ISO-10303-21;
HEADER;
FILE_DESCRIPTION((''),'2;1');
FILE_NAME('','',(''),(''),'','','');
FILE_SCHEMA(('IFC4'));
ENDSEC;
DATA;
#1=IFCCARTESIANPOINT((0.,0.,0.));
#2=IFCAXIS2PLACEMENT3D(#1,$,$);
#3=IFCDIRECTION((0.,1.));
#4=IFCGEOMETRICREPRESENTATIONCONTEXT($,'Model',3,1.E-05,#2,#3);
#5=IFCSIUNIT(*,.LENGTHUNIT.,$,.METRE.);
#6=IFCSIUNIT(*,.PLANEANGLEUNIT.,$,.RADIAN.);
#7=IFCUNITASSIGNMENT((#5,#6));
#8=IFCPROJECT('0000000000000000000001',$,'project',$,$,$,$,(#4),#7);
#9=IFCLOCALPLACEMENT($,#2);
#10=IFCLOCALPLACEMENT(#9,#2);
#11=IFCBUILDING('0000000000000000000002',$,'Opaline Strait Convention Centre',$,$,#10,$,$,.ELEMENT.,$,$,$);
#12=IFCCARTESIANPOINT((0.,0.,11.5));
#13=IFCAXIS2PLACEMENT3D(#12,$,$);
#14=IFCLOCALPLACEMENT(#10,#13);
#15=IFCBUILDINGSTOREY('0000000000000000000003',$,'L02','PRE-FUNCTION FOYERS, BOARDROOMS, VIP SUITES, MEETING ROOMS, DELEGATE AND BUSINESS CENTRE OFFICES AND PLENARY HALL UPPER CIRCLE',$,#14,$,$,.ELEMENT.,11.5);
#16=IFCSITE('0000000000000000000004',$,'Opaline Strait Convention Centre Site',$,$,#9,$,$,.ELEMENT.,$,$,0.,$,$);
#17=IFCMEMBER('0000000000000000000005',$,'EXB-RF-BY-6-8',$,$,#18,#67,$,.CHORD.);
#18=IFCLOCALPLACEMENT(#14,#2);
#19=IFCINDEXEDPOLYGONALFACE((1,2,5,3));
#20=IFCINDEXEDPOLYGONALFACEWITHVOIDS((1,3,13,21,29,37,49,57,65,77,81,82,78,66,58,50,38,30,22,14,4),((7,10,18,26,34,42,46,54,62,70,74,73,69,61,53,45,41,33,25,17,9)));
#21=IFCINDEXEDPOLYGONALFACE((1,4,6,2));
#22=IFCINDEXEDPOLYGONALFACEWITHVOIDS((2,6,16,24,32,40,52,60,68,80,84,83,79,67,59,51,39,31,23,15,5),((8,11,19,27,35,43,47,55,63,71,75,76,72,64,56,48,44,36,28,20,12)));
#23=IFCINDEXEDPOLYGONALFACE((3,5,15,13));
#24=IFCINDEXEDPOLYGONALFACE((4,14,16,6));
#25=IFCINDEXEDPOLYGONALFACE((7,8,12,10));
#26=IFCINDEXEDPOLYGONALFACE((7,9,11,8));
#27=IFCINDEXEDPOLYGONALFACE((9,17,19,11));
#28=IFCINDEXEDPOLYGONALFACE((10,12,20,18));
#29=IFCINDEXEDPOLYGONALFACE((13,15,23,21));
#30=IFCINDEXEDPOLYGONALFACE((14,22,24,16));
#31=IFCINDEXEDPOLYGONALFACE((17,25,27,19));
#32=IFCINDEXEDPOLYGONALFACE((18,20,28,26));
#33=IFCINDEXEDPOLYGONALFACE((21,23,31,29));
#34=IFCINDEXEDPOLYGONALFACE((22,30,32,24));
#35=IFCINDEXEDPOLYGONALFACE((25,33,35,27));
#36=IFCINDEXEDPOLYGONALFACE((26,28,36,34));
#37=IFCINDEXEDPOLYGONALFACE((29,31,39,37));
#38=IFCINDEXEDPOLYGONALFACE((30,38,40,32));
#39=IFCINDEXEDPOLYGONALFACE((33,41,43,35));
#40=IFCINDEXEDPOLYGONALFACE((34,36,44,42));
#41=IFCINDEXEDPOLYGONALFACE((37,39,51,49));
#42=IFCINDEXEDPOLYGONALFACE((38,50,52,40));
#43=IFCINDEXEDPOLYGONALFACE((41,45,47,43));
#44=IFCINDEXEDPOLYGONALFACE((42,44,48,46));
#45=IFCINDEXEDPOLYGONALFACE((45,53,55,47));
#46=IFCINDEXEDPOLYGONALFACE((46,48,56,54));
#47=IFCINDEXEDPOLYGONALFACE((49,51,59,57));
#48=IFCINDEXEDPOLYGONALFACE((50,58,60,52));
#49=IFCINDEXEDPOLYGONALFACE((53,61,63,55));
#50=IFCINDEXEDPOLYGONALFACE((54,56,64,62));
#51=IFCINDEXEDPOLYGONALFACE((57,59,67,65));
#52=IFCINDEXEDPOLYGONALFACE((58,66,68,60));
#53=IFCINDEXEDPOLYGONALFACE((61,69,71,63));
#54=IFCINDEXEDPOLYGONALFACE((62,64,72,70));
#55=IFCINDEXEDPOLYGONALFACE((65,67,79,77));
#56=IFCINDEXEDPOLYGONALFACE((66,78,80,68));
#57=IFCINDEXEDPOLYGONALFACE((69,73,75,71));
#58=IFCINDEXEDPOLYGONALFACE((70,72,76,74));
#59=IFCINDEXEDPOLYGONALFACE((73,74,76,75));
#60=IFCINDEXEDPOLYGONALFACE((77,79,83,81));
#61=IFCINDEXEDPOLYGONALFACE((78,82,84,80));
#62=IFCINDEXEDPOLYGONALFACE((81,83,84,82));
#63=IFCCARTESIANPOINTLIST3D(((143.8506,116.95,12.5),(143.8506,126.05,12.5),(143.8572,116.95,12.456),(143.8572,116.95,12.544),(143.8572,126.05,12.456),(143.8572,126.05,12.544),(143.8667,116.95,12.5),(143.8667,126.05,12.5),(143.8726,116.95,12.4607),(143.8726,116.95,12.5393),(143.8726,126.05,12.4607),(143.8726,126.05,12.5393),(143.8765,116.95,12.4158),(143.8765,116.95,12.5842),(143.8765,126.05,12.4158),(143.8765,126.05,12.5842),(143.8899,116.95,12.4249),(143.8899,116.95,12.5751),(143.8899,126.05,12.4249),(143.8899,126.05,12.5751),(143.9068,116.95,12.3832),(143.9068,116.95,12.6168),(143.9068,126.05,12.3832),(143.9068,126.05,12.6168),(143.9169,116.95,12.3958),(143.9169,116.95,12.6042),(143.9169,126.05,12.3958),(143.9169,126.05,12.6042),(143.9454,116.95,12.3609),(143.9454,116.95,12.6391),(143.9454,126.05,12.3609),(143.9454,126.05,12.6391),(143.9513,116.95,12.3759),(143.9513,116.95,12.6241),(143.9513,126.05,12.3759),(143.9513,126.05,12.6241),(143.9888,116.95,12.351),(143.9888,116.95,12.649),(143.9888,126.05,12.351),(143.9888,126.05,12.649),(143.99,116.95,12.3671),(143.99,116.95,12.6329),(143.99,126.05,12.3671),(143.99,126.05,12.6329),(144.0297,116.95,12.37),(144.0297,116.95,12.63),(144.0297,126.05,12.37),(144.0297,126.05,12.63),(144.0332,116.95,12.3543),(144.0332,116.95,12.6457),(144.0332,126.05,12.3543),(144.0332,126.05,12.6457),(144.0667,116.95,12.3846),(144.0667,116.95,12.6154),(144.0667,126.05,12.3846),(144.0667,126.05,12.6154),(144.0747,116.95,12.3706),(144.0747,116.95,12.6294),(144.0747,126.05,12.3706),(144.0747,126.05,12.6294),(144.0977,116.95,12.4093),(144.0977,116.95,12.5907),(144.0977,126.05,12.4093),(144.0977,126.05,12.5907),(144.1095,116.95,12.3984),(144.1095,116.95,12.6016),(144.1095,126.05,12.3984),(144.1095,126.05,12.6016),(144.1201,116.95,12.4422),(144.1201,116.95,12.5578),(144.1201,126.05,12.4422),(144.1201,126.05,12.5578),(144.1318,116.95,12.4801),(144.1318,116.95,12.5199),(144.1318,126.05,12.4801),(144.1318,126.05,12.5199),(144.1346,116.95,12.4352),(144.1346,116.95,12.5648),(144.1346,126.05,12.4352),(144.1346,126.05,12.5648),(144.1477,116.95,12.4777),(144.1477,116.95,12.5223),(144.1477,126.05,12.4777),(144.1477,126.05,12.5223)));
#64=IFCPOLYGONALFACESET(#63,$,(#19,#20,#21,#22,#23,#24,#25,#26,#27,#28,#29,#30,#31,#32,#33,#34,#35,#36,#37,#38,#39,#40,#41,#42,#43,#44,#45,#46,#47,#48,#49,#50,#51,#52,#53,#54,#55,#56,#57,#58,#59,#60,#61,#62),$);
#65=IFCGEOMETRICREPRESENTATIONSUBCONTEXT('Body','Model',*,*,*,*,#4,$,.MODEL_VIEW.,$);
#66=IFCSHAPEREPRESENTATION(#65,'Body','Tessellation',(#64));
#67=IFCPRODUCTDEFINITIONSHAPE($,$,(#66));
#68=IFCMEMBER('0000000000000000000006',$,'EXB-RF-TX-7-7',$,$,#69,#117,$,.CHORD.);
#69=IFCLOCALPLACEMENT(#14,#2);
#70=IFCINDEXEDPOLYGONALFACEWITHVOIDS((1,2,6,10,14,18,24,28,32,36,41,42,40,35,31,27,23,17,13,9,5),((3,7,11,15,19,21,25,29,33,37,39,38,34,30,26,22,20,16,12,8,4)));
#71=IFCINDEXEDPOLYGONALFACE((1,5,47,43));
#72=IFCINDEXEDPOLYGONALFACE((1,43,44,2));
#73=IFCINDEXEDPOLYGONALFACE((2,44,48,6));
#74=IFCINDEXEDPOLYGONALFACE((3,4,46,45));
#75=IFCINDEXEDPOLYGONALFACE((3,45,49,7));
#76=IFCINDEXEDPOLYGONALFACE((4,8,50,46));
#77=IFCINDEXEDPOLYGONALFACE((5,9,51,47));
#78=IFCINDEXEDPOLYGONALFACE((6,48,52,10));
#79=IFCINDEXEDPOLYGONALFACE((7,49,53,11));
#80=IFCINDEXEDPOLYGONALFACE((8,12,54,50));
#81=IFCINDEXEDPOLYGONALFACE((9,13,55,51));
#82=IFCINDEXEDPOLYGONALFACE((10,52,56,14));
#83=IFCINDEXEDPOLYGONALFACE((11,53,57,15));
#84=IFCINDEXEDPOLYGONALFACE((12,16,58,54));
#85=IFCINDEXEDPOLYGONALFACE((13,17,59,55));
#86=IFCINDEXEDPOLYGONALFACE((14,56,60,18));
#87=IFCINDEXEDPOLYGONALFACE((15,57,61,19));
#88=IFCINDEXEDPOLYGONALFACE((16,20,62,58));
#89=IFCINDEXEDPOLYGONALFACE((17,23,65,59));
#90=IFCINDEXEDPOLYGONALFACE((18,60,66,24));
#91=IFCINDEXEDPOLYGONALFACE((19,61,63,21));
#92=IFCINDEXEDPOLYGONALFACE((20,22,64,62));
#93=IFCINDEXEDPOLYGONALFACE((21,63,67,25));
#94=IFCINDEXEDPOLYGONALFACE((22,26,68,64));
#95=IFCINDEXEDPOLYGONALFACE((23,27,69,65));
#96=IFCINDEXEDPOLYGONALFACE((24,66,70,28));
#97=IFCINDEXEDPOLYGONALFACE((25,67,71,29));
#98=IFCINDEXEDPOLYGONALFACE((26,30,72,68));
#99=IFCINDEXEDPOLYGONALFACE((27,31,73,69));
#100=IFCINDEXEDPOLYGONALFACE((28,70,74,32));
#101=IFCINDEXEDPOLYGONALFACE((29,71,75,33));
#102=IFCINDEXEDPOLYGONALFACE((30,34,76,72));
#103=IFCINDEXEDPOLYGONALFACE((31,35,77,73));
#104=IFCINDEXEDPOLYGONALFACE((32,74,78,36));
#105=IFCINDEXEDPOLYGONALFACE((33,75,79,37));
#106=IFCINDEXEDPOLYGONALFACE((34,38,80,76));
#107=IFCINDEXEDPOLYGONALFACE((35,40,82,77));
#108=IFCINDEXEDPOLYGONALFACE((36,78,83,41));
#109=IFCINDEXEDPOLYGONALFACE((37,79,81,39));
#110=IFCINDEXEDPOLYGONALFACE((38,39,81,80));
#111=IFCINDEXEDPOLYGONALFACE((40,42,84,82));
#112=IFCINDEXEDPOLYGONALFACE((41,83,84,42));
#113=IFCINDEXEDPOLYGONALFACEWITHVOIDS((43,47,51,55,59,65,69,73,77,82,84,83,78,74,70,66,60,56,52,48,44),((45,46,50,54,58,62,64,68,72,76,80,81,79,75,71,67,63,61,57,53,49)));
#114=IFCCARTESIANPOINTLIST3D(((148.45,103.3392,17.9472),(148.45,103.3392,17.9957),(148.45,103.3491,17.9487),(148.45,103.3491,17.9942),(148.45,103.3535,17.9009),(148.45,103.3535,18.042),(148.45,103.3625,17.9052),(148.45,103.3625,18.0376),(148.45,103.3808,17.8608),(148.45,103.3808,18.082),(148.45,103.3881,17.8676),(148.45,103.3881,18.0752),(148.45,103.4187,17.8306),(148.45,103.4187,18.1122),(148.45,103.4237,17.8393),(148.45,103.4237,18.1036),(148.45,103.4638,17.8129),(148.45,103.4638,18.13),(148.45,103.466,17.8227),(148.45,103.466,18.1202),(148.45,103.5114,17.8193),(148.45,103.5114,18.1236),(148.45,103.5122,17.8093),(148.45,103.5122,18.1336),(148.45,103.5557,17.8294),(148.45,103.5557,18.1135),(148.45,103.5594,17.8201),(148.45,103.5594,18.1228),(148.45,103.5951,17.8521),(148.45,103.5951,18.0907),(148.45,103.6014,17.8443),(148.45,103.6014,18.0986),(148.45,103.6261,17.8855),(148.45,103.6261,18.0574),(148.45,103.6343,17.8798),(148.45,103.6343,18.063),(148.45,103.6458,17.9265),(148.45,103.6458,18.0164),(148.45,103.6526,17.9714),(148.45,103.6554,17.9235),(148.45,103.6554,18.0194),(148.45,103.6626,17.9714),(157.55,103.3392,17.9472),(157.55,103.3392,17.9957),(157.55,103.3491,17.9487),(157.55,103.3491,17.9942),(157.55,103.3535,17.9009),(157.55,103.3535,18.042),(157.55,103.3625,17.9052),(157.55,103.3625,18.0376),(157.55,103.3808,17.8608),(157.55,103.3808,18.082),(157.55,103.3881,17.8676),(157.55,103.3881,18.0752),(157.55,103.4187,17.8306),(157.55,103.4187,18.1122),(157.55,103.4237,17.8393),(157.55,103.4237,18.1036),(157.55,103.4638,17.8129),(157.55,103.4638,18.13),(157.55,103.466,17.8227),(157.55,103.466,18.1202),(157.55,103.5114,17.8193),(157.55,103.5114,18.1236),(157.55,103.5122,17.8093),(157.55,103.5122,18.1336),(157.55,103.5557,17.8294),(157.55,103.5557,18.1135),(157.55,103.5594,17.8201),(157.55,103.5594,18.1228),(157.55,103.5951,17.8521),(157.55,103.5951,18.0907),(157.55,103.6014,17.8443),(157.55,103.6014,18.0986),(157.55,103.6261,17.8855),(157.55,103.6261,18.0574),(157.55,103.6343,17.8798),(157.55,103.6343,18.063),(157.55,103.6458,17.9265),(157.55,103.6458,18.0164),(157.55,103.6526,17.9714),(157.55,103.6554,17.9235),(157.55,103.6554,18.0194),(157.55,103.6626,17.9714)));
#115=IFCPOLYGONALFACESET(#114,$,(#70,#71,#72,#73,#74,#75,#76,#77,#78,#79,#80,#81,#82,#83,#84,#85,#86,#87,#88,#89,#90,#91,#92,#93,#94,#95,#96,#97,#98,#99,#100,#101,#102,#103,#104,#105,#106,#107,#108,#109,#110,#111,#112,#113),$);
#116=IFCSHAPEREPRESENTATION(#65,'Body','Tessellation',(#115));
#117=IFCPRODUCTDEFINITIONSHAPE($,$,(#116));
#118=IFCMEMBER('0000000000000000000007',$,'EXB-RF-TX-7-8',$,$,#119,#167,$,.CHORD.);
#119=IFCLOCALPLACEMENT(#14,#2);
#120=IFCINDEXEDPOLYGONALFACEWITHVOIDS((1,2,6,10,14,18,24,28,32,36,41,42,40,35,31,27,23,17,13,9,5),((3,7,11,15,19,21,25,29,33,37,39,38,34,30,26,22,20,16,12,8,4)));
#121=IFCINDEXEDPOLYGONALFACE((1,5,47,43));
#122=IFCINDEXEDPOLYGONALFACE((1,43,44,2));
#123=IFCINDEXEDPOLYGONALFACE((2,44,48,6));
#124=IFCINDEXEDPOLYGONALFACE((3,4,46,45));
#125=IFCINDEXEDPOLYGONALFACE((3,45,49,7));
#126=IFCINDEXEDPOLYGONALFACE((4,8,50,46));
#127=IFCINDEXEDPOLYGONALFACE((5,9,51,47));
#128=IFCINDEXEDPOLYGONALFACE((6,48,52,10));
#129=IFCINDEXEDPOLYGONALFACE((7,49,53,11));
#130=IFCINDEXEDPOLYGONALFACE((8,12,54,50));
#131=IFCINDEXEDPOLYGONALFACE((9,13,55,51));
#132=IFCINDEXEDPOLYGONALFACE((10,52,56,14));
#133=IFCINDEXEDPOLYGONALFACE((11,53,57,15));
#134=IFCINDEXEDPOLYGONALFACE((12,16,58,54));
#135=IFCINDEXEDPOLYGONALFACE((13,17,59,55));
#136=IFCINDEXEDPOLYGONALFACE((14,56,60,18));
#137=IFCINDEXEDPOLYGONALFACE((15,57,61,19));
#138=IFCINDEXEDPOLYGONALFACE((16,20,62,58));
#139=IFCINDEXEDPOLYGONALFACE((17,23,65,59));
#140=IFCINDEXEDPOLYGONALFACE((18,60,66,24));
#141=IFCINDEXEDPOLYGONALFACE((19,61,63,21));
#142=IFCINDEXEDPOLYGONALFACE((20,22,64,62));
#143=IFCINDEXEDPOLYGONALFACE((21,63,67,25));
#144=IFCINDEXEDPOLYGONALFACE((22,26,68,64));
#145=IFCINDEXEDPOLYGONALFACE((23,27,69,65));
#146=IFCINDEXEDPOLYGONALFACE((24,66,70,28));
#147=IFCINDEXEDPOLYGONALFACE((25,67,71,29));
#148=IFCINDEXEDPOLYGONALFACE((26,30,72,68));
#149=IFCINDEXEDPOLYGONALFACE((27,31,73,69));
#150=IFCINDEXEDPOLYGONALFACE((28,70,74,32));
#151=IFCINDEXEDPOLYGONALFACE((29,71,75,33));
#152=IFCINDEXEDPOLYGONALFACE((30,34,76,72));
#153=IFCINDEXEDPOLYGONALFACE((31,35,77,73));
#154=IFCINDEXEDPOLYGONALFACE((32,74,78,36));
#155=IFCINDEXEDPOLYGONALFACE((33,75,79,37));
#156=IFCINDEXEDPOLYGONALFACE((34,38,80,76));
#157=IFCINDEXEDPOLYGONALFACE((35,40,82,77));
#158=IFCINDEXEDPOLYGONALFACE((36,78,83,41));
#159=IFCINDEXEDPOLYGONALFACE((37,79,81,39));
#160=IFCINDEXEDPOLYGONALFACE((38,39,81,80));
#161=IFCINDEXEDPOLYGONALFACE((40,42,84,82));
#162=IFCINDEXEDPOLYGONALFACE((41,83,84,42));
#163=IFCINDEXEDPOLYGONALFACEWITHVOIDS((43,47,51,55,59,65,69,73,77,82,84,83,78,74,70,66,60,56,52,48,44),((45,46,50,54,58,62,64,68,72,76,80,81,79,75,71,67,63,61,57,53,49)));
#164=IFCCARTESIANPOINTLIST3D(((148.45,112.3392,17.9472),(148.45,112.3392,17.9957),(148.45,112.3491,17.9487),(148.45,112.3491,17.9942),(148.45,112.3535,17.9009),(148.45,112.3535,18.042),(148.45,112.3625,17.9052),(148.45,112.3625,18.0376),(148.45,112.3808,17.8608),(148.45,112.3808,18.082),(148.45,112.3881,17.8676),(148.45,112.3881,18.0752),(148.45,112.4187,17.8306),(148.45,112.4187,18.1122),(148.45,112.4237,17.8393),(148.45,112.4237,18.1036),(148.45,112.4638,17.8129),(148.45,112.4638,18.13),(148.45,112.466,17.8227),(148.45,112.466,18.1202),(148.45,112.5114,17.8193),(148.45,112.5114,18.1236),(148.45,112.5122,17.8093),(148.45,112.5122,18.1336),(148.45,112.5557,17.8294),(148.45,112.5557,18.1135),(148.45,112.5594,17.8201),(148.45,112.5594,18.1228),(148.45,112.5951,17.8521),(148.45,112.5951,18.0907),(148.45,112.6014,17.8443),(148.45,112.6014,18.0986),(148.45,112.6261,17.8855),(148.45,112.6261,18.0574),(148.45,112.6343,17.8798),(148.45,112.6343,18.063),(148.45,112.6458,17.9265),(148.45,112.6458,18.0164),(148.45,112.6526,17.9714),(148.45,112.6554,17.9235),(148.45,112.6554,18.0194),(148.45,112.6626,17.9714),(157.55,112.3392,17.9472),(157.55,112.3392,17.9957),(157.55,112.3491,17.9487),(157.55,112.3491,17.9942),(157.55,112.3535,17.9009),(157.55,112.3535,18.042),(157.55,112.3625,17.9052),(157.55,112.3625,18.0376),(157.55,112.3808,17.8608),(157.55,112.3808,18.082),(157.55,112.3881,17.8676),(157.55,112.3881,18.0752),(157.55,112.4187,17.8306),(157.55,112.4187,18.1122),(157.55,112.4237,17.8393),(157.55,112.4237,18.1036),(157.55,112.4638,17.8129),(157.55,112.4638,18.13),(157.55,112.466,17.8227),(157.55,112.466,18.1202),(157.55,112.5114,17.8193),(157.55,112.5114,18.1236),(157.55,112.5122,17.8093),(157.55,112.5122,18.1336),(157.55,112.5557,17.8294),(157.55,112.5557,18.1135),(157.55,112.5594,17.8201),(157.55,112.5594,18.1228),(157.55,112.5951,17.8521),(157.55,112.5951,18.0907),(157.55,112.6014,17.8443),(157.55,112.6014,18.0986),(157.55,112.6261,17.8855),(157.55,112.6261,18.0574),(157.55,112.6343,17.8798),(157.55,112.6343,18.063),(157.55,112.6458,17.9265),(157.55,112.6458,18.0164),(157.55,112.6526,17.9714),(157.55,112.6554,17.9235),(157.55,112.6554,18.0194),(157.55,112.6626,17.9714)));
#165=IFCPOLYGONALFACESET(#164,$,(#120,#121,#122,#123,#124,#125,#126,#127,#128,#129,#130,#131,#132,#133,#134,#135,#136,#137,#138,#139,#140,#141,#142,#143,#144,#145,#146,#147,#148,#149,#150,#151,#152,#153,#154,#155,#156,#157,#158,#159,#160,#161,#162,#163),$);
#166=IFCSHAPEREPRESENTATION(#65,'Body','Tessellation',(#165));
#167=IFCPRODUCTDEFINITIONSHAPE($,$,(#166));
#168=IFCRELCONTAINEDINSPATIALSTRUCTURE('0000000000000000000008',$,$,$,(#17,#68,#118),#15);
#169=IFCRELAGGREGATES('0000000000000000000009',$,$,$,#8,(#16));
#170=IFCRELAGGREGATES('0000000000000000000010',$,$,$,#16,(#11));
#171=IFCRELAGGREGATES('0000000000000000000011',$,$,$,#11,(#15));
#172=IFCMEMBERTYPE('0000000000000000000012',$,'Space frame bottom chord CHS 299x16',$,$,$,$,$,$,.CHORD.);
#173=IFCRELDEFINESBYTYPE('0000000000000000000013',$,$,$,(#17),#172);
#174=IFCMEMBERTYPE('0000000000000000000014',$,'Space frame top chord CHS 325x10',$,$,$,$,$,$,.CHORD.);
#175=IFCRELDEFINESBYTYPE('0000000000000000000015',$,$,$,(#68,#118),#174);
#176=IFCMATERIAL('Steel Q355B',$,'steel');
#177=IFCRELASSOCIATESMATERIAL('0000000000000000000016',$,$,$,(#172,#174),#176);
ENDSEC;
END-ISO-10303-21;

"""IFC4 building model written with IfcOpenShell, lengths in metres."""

from ifc_helpers import new_model, si_unit, direction, frame, origin, origin_2d, place, context, subcontext, project, spatial, hollow_circle, extrude, material, material_profile, profile_set, type_object, element, save


model = new_model("IFC4")

# Units and contexts
model_context = context("Model", 3, precision=1e-05, world=origin(), true_north=direction((0.0, 1.0)))
body_context = subcontext(model_context, "Body", "Model", "MODEL_VIEW")
ifc_project = project(units=[si_unit("LENGTHUNIT", "METRE"), si_unit("PLANEANGLEUNIT", "RADIAN")], contexts=[model_context])

# Site, building, storey
site_placement = place(None, origin())
site = spatial("IfcSite", under=ifc_project, at=site_placement, Name="Opaline Strait Convention Centre Site", CompositionType="ELEMENT", RefElevation=0.0)
building_placement = place(site_placement, origin())
building = spatial("IfcBuilding", under=site, at=building_placement, Name="Opaline Strait Convention Centre", CompositionType="ELEMENT")
storey_placement = place(building_placement, frame((0.0, 0.0, 11.5)))
storey = spatial("IfcBuildingStorey", under=building, at=storey_placement, Name="L02", Description="PRE-FUNCTION FOYERS, BOARDROOMS, VIP SUITES, MEETING ROOMS, DELEGATE AND BUSINESS CENTRE OFFICES AND PLENARY HALL UPPER CIRCLE", CompositionType="ELEMENT", Elevation=11.5)

# Members
ifc_material = material(Name="Steel Q355B", Category="steel")
ifc_material_profile_1 = material_profile(ifc_material, hollow_circle(Radius=0.1494, WallThickness=0.0161, at=origin_2d()), Name="CHS 299x16")
ifc_profile_set_1 = profile_set([ifc_material_profile_1], Name="Steel Q355B")
member_type_1 = type_object("IfcMemberType", Name="Space frame bottom chord CHS 299x16", PredefinedType="CHORD", material=ifc_profile_set_1)
for number, where, z_axis, x_axis, name in (
    (1, (144.0, 116.95, 12.5), (0.0, 1.0, 0.0), (-1.0, 0.0, 0.0), "EXB-RF-BY-6-8"),
):
    element("IfcMember", number, at=place(storey_placement, frame(where, z_axis=z_axis, x_axis=x_axis)), inside=storey, type_object=member_type_1, Name=name, PredefinedType="CHORD", context=body_context, shape_type="SweptSolid", body=[
        extrude(hollow_circle(Radius=0.1494, WallThickness=0.0161, at=origin_2d()), origin(), (0.0, 0.0, 1.0), 9.1001),
    ])
ifc_material_profile_2 = material_profile(ifc_material, hollow_circle(Radius=0.1626, WallThickness=0.01, at=origin_2d()), Name="CHS 325x10")
ifc_profile_set_2 = profile_set([ifc_material_profile_2], Name="Steel Q355B")
member_type_2 = type_object("IfcMemberType", Name="Space frame top chord CHS 325x10", PredefinedType="CHORD", material=ifc_profile_set_2)
for number, where, z_axis, x_axis, name in (
    (2, (148.45, 103.5, 17.9714), (1.0, 0.0, 0.0), (0.0, 1.0, 0.0), "EXB-RF-TX-7-7"),
    (3, (148.45, 112.5, 17.9714), (1.0, 0.0, 0.0), (0.0, 1.0, 0.0), "EXB-RF-TX-7-8"),
):
    element("IfcMember", number, at=place(storey_placement, frame(where, z_axis=z_axis, x_axis=x_axis)), inside=storey, type_object=member_type_2, Name=name, PredefinedType="CHORD", context=body_context, shape_type="SweptSolid", body=[
        extrude(hollow_circle(Radius=0.1626, WallThickness=0.01, at=origin_2d()), origin(), (0.0, 0.0, 1.0), 9.1001),
    ])

save(model, "model.ifc")
